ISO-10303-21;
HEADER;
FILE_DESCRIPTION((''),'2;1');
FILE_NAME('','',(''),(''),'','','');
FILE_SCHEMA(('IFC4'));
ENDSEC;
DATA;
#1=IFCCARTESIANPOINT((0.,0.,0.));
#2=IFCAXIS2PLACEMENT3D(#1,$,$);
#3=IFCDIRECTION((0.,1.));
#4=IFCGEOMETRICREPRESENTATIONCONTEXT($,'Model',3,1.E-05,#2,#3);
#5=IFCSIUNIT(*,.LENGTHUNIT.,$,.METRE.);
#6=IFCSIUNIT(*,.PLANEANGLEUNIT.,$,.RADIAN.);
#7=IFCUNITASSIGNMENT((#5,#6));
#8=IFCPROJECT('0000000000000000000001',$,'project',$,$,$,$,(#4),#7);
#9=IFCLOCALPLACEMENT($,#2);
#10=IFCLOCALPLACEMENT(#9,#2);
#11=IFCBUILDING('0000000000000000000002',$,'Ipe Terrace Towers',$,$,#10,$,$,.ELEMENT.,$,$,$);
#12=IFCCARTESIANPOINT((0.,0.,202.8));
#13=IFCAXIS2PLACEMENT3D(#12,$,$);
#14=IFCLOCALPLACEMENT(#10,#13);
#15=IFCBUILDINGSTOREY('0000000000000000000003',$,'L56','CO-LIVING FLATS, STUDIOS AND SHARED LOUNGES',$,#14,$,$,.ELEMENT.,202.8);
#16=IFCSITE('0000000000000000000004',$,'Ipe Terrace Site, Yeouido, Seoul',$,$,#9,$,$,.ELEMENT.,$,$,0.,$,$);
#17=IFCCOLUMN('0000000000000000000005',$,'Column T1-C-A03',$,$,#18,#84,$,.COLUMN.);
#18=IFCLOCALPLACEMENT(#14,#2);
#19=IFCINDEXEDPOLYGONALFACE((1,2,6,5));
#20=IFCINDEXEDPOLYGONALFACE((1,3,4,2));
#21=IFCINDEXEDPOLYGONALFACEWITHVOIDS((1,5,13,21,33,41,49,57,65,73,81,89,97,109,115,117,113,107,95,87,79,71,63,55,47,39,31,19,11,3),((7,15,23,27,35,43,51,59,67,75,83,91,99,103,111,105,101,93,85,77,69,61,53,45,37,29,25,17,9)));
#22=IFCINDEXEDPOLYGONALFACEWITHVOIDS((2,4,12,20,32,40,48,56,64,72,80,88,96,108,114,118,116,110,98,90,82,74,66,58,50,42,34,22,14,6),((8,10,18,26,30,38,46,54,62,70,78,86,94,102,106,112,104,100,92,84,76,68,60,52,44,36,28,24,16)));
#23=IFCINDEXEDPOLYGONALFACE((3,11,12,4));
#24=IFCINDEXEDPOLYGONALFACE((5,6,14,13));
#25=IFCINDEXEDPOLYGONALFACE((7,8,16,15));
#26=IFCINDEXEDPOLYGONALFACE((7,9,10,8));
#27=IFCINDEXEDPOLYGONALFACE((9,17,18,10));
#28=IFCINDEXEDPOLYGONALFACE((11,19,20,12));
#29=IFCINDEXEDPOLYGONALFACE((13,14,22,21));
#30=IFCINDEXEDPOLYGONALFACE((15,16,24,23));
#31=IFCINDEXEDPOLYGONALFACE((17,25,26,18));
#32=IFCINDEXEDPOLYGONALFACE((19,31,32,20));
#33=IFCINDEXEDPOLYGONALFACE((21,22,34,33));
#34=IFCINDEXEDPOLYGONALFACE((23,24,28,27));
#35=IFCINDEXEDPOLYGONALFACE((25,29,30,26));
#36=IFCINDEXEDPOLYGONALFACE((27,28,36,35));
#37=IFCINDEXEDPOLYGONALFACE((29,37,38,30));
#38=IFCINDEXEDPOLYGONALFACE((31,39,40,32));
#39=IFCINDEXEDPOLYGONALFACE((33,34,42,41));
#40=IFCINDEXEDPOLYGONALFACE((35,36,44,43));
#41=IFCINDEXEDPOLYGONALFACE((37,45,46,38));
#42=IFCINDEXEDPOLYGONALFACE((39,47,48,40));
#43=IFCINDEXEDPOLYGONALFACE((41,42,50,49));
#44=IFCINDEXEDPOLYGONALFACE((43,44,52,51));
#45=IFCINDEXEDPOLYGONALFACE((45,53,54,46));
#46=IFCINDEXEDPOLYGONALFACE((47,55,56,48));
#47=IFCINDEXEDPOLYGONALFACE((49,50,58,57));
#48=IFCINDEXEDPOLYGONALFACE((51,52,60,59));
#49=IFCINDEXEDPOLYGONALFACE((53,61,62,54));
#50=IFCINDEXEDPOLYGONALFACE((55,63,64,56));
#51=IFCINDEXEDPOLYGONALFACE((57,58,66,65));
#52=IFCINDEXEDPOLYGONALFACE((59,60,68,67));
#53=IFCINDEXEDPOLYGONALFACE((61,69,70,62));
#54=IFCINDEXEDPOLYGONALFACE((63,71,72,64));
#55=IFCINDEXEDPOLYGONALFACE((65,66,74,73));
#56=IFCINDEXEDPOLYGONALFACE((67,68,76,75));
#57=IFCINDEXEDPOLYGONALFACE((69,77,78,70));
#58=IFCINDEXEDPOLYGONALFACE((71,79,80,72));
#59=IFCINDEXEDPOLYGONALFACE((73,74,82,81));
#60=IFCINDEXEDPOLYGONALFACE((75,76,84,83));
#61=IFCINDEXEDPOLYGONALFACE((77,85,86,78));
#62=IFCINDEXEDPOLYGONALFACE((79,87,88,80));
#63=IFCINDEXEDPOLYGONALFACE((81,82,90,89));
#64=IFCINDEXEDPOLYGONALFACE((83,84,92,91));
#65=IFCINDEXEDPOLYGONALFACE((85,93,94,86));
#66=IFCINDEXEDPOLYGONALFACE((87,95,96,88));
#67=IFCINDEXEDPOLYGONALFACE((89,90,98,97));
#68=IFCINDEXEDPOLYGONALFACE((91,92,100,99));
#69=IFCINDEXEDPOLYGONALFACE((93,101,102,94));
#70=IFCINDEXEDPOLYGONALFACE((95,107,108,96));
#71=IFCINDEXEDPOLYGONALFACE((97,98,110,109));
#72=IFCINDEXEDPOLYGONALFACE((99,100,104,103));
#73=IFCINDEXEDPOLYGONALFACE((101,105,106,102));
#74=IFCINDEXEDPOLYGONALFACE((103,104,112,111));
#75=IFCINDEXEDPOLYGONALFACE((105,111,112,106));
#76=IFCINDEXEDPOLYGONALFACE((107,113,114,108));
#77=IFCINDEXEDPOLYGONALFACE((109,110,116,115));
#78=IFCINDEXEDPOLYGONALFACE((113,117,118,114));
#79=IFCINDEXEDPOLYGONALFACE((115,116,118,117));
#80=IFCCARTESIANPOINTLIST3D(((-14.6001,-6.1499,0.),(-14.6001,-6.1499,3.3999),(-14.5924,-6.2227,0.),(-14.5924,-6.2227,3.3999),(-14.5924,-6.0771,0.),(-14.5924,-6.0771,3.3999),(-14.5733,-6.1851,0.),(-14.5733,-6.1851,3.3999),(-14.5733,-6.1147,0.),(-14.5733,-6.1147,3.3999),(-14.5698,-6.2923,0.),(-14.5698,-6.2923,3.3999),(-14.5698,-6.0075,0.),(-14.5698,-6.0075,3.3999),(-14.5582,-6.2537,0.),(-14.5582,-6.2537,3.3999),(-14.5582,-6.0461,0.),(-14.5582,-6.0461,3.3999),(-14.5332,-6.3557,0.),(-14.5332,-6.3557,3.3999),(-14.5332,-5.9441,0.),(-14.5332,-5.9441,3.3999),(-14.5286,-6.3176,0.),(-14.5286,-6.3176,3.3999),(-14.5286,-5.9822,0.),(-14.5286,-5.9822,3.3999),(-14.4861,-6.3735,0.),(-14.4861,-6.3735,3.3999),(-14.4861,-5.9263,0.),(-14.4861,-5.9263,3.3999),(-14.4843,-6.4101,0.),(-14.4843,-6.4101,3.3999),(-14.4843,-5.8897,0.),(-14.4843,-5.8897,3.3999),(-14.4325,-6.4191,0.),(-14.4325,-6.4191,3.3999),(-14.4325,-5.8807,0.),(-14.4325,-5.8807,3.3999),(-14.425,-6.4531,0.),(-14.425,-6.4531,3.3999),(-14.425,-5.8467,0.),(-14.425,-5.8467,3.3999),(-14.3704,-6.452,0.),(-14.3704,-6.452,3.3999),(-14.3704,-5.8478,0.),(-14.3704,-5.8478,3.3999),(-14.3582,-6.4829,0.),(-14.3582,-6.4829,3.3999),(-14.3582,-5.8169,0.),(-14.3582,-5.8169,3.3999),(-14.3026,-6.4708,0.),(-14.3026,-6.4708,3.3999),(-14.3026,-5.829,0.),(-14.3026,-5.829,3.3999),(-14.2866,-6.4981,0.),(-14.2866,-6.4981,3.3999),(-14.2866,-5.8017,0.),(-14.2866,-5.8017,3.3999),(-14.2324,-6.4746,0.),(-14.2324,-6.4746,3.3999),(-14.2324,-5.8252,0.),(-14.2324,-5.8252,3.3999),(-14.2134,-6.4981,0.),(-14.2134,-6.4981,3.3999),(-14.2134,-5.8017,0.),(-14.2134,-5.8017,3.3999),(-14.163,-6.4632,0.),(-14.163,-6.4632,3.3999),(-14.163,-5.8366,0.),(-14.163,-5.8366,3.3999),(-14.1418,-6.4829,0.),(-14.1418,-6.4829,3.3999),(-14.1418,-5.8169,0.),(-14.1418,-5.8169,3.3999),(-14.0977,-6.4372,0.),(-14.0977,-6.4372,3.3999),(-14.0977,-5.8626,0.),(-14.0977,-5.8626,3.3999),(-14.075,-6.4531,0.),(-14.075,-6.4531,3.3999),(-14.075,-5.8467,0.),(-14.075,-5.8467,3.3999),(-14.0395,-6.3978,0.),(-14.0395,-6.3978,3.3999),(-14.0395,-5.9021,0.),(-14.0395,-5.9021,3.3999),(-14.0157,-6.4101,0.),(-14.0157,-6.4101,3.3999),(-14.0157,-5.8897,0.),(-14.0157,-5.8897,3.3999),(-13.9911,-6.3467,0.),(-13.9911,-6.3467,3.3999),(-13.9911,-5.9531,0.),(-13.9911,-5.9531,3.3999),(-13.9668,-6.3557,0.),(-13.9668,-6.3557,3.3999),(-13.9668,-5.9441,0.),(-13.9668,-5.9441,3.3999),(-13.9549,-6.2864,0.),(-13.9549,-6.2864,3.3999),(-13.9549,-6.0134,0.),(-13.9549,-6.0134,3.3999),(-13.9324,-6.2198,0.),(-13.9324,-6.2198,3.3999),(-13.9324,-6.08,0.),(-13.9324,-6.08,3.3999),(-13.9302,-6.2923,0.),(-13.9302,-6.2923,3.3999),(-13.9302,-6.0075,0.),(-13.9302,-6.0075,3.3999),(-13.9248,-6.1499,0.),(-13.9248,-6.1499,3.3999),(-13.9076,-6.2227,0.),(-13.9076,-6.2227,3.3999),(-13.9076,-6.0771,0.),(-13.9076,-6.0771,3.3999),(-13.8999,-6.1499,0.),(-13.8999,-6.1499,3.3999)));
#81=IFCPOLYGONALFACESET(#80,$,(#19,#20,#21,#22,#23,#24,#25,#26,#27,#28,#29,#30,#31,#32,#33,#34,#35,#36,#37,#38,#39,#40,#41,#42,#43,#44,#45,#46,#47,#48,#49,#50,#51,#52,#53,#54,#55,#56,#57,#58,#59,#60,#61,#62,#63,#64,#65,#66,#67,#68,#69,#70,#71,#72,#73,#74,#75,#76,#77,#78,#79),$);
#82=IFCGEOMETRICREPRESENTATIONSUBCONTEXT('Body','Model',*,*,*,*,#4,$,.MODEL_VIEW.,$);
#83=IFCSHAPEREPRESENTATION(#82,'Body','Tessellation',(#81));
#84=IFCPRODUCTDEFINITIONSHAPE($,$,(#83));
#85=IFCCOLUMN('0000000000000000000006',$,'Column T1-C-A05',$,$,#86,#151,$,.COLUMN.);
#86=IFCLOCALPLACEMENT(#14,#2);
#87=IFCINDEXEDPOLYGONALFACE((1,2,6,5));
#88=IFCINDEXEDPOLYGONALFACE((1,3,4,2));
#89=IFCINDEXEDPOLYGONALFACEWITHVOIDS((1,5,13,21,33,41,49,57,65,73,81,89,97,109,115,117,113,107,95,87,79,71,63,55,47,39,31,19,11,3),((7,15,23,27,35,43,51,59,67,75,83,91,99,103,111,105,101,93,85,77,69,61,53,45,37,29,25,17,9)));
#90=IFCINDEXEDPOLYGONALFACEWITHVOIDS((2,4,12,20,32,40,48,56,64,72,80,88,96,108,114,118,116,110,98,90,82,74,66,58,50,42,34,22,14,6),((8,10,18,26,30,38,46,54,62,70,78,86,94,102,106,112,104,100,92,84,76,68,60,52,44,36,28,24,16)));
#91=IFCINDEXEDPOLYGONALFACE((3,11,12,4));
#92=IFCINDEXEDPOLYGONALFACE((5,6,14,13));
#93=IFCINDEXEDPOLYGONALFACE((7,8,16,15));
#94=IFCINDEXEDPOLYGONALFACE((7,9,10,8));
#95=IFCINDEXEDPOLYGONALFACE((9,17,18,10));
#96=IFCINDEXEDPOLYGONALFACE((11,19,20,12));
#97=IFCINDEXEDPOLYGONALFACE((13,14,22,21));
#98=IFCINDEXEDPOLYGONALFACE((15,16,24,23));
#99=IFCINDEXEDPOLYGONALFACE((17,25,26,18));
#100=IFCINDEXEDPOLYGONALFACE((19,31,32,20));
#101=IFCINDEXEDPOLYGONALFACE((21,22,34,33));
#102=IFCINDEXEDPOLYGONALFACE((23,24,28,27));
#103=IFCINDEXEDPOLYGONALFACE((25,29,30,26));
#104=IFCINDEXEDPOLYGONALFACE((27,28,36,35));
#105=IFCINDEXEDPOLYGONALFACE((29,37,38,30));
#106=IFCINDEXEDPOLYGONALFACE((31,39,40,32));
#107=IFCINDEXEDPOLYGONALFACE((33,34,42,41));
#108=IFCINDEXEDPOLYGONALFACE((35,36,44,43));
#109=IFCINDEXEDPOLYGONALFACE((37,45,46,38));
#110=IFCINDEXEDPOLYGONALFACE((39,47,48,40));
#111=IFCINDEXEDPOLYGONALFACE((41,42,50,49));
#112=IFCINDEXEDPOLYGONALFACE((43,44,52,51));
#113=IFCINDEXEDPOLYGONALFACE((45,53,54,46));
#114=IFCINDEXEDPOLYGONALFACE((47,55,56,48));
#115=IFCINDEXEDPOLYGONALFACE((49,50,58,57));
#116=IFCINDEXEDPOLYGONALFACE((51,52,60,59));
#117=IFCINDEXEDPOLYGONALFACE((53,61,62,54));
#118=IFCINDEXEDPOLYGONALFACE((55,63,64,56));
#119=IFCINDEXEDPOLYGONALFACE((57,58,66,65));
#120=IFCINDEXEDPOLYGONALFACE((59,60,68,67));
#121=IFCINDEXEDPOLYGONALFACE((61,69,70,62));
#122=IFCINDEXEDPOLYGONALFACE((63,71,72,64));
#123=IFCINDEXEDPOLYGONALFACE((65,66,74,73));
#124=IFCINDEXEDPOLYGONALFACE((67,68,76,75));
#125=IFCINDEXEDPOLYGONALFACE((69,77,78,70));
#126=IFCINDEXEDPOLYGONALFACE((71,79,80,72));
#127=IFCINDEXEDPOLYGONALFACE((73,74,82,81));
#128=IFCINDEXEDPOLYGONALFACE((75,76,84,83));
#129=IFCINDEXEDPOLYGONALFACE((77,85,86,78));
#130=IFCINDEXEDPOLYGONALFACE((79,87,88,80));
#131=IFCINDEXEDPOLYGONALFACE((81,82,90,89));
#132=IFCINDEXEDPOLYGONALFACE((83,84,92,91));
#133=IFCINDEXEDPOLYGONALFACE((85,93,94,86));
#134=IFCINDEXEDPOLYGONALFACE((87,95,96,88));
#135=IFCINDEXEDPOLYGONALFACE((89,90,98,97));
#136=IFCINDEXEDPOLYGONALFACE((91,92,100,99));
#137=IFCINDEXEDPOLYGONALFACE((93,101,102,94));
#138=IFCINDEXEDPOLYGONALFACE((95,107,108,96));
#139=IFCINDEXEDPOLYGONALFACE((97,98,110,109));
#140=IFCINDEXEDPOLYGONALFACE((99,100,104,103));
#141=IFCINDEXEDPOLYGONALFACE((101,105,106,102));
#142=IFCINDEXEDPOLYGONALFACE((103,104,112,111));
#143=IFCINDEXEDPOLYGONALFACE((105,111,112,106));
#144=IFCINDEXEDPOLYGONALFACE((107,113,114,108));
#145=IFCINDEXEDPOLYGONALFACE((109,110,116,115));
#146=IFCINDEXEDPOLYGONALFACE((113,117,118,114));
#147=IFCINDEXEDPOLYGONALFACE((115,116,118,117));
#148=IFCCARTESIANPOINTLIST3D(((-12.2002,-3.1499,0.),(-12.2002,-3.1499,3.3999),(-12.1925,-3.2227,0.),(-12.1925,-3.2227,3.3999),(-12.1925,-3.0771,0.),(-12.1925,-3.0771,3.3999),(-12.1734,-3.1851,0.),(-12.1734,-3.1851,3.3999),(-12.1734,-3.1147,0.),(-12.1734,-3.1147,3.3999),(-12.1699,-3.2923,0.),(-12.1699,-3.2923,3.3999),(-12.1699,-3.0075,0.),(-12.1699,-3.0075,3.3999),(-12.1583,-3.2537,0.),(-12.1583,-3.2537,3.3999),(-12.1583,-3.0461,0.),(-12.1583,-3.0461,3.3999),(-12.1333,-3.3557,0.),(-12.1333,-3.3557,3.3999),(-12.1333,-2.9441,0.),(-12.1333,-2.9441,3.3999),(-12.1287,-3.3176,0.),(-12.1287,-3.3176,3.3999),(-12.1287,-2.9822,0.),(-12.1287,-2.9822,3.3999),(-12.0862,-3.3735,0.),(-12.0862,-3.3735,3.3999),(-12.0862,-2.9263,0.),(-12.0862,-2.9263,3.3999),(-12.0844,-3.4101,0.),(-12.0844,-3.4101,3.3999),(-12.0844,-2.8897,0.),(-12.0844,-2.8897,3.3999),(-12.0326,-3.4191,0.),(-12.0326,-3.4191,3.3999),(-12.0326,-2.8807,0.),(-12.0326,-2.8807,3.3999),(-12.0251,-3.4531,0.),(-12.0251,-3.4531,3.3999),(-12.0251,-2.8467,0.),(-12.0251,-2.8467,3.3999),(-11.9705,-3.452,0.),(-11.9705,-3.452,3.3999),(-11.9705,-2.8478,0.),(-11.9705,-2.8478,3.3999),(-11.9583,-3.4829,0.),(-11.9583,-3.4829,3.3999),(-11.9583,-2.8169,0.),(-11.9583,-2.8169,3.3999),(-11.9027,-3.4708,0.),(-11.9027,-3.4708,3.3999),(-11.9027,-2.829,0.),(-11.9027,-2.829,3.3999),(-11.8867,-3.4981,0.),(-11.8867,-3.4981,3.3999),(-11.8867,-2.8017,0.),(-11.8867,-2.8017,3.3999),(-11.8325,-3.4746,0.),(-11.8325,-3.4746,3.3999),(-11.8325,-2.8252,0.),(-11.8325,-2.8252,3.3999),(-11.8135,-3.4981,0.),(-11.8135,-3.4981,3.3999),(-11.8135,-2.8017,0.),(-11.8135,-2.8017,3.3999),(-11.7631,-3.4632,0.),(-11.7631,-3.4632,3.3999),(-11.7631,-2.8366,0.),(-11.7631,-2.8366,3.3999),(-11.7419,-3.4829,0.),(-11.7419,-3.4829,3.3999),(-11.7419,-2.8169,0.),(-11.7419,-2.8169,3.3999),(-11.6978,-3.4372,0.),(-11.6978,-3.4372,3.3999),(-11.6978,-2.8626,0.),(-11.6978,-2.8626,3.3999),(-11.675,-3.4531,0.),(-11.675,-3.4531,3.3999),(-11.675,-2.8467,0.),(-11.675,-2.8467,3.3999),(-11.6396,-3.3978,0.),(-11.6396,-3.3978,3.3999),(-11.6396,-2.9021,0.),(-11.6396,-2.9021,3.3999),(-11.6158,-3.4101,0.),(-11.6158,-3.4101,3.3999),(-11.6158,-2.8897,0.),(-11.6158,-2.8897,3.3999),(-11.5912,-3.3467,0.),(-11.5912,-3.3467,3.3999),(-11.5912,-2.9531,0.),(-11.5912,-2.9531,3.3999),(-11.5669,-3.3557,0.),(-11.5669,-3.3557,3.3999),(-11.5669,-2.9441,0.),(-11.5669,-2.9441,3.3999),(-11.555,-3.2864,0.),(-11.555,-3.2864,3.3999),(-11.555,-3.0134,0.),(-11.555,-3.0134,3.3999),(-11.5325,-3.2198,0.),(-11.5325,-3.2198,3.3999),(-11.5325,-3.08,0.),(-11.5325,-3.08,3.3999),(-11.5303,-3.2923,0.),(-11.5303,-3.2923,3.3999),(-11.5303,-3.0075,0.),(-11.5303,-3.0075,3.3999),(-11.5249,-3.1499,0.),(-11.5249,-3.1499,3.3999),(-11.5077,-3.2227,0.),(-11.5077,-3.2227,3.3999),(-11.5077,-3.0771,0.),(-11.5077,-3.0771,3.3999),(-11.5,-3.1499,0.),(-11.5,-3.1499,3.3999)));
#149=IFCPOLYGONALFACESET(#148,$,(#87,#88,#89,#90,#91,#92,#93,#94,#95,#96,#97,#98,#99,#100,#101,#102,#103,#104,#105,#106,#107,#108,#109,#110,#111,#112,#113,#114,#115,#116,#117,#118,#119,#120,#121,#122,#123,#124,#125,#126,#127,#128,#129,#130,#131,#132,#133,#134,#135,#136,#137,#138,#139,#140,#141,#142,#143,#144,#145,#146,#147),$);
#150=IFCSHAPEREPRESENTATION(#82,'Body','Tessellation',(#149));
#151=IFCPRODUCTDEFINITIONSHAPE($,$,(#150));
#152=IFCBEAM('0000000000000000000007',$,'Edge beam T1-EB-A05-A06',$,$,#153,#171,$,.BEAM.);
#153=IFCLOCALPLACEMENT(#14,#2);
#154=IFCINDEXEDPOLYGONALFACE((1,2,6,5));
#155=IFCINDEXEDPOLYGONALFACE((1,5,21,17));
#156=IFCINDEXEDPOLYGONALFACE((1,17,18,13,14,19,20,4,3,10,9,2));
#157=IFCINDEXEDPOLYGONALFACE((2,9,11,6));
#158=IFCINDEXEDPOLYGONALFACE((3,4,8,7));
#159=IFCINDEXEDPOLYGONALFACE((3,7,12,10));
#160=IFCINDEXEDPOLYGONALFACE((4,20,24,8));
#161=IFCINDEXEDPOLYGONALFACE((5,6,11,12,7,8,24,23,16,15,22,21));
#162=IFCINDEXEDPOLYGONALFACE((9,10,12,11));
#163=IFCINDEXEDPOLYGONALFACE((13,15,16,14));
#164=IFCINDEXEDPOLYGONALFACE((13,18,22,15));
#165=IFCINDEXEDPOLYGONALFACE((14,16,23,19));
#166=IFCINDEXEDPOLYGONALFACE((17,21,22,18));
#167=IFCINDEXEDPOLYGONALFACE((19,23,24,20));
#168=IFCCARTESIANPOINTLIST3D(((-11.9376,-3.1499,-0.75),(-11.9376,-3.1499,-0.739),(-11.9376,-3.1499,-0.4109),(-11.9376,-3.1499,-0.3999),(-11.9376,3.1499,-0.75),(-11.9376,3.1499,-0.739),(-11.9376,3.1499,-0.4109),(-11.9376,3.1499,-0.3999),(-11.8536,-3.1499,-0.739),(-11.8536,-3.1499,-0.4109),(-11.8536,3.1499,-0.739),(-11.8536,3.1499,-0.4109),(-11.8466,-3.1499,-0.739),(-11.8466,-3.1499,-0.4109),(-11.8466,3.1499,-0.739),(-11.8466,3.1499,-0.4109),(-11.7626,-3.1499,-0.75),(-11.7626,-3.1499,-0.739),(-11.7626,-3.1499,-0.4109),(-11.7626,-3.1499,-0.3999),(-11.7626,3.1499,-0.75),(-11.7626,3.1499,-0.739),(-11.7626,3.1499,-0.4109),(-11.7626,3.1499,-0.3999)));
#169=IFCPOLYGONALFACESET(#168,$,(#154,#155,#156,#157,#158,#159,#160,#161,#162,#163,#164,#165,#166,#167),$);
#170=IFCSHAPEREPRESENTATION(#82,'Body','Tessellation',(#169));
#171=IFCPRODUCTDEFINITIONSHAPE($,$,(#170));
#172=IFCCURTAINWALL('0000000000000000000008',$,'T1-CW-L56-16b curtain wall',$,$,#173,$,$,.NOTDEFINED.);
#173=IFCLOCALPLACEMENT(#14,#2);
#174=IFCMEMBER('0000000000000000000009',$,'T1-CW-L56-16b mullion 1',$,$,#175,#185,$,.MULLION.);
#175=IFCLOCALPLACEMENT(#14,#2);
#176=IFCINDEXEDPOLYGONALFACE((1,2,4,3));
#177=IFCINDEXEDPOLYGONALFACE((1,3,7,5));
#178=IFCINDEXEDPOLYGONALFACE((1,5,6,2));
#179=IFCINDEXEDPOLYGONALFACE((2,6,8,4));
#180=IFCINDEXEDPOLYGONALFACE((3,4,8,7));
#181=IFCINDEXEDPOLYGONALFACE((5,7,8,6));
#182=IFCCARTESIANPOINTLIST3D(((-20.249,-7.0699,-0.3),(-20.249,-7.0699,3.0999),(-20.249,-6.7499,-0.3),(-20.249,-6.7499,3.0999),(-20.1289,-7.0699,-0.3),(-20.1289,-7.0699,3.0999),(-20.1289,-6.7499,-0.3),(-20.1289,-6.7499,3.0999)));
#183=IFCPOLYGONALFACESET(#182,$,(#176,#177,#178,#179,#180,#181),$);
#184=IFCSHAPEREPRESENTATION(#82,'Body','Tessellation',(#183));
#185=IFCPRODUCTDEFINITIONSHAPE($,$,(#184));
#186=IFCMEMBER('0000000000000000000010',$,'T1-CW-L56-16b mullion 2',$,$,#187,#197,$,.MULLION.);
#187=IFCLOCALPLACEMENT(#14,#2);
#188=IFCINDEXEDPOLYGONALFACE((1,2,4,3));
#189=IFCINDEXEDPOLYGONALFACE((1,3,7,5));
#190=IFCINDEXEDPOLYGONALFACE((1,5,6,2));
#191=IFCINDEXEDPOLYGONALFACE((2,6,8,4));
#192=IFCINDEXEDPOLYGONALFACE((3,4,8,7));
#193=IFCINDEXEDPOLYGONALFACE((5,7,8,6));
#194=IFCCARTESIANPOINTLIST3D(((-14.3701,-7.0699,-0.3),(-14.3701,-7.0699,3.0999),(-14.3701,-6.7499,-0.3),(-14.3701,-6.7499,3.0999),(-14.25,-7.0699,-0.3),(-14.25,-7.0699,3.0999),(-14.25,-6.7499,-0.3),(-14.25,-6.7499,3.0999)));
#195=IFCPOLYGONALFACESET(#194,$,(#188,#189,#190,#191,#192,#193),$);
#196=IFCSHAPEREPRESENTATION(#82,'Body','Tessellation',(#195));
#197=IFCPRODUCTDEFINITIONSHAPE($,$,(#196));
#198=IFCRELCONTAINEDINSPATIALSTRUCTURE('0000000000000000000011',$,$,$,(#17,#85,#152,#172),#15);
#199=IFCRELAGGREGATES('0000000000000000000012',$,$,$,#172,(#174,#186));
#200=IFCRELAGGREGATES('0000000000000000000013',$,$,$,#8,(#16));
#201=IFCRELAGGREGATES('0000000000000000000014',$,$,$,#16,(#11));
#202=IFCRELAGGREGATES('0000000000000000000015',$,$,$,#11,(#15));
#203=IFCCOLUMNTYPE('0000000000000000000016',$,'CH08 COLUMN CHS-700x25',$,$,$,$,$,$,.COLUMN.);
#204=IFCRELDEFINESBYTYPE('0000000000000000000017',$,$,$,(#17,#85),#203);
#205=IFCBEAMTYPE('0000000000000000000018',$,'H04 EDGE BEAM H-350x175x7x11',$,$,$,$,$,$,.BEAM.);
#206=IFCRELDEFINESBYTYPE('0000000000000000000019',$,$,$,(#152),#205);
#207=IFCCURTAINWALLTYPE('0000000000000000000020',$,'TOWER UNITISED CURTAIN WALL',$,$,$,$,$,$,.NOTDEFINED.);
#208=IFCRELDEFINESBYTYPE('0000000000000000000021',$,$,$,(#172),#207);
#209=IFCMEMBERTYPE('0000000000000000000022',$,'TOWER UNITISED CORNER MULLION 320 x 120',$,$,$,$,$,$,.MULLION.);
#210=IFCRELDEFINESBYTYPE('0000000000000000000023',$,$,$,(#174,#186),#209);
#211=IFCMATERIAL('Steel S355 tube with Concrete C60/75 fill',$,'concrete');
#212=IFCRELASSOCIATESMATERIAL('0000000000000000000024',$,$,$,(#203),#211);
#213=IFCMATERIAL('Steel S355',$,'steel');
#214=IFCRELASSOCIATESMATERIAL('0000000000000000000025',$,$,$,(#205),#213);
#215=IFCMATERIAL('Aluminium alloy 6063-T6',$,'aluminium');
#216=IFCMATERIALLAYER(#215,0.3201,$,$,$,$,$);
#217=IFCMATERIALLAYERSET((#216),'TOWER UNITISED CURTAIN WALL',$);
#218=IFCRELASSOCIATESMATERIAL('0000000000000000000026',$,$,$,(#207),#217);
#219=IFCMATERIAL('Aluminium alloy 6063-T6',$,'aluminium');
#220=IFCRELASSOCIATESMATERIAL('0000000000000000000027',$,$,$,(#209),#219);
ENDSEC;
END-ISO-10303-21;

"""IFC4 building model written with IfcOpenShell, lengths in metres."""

from ifc_helpers import new_model, si_unit, direction, frame, origin, origin_2d, place, context, subcontext, project, spatial, rectangle, hollow_circle, i_section, extrude, material, layer, layer_set, material_profile, profile_set, type_object, element, aggregate, save


model = new_model("IFC4")

# Units and contexts
model_context = context("Model", 3, precision=1e-05, world=origin(), true_north=direction((0.0, 1.0)))
body_context = subcontext(model_context, "Body", "Model", "MODEL_VIEW")
ifc_project = project(units=[si_unit("LENGTHUNIT", "METRE"), si_unit("PLANEANGLEUNIT", "RADIAN")], contexts=[model_context])

# Site, building, storey
site_placement = place(None, origin())
site = spatial("IfcSite", under=ifc_project, at=site_placement, Name="Ipe Terrace Site, Yeouido, Seoul", CompositionType="ELEMENT", RefElevation=0.0)
building_placement = place(site_placement, origin())
building = spatial("IfcBuilding", under=site, at=building_placement, Name="Ipe Terrace Towers", CompositionType="ELEMENT")
storey_placement = place(building_placement, frame((0.0, 0.0, 202.8)))
storey = spatial("IfcBuildingStorey", under=building, at=storey_placement, Name="L56", Description="CO-LIVING FLATS, STUDIOS AND SHARED LOUNGES", CompositionType="ELEMENT", Elevation=202.8)

# Columns
ifc_material_1 = material(Name="Steel S355 tube with Concrete C60/75 fill", Category="concrete")
ifc_material_profile_1 = material_profile(ifc_material_1, hollow_circle(Radius=0.3501, WallThickness=0.0249, at=origin_2d()), Name="CHS-700x25")
ifc_profile_set_1 = profile_set([ifc_material_profile_1], Name="Steel S355 tube with Concrete C60/75 fill")
column_type = type_object("IfcColumnType", Name="CH08 COLUMN CHS-700x25", PredefinedType="COLUMN", material=ifc_profile_set_1)
for number, where, z_axis, x_axis, name in (
    (1, (-14.25, -6.1499, 0.0), (0.0, 0.0, 1.0), (1.0, 0.0, 0.0), "Column T1-C-A03"),
    (2, (-11.8501, -3.1499, 0.0), (0.0, 0.0, 1.0), (1.0, 0.0, 0.0), "Column T1-C-A05"),
):
    element("IfcColumn", number, at=place(storey_placement, frame(where, z_axis=z_axis, x_axis=x_axis)), inside=storey, type_object=column_type, Name=name, PredefinedType="COLUMN", context=body_context, shape_type="SweptSolid", body=[
        extrude(hollow_circle(Radius=0.3501, WallThickness=0.0249, at=origin_2d()), origin(), (0.0, 0.0, 1.0), 3.3999),
    ])

# Beam
ifc_material_2 = material(Name="Steel S355", Category="steel")
ifc_material_profile_2 = material_profile(ifc_material_2, i_section(OverallWidth=0.175, OverallDepth=0.3501, WebThickness=0.0071, FlangeThickness=0.011, at=origin_2d()), Name="H-350x175x7x11")
ifc_profile_set_2 = profile_set([ifc_material_profile_2], Name="Steel S355")
beam_type = type_object("IfcBeamType", Name="H04 EDGE BEAM H-350x175x7x11", PredefinedType="BEAM", material=ifc_profile_set_2)
beam_placement = place(storey_placement, frame((-11.8501, -3.1499, -0.575), z_axis=(0.0, 1.0, 0.0), x_axis=(-1.0, 0.0, 0.0)))
element("IfcBeam", 3, at=beam_placement, inside=storey, type_object=beam_type, Name="Edge beam T1-EB-A05-A06", PredefinedType="BEAM", context=body_context, shape_type="SweptSolid", body=[
    extrude(i_section(OverallWidth=0.175, OverallDepth=0.3501, WebThickness=0.0071, FlangeThickness=0.011, at=origin_2d()), origin(), (0.0, 0.0, 1.0), 6.2998),
])

# Curtain wall, members
ifc_material_3 = material(Name="Aluminium alloy 6063-T6", Category="aluminium")
ifc_layer_1 = layer(ifc_material_3, 0.3201)
ifc_layer_set_1 = layer_set([ifc_layer_1], Name="TOWER UNITISED CURTAIN WALL")
curtain_wall_type = type_object("IfcCurtainWallType", Name="TOWER UNITISED CURTAIN WALL", PredefinedType="NOTDEFINED", material=ifc_layer_set_1)
curtain_wall_placement = place(storey_placement, origin())
curtain_wall = element("IfcCurtainWall", 4, at=curtain_wall_placement, inside=storey, type_object=curtain_wall_type, Name="T1-CW-L56-16b curtain wall", PredefinedType="NOTDEFINED")
ifc_material_4 = material(Name="Aluminium alloy 6063-T6", Category="aluminium")
ifc_material_profile_3 = material_profile(ifc_material_4, rectangle(XDim=0.3201, YDim=0.1201, at=origin_2d()), Name="TOWER UNITISED CORNER MULLION 320 x 120")
ifc_profile_set_3 = profile_set([ifc_material_profile_3], Name="Aluminium alloy 6063-T6")
member_type = type_object("IfcMemberType", Name="TOWER UNITISED CORNER MULLION 320 x 120", PredefinedType="MULLION", material=ifc_profile_set_3)
member_1_placement = place(storey_placement, frame((-20.189, -6.9099, -0.3), z_axis=(0.0, 0.0, 1.0), x_axis=(0.0, -1.0, 0.0)))
member_1 = element("IfcMember", 5, at=member_1_placement, type_object=member_type, Name="T1-CW-L56-16b mullion 1", PredefinedType="MULLION", context=body_context, shape_type="SweptSolid", body=[
    extrude(rectangle(XDim=0.3201, YDim=0.1201, at=origin_2d()), origin(), (0.0, 0.0, 1.0), 3.3999),
])
member_2_placement = place(storey_placement, frame((-14.3101, -6.9099, -0.3), z_axis=(0.0, 0.0, 1.0), x_axis=(0.0, -1.0, 0.0)))
member_2 = element("IfcMember", 6, at=member_2_placement, type_object=member_type, Name="T1-CW-L56-16b mullion 2", PredefinedType="MULLION", context=body_context, shape_type="SweptSolid", body=[
    extrude(rectangle(XDim=0.3201, YDim=0.1201, at=origin_2d()), origin(), (0.0, 0.0, 1.0), 3.3999),
])
aggregate(curtain_wall, [member_1, member_2])

save(model, "model.ifc")
